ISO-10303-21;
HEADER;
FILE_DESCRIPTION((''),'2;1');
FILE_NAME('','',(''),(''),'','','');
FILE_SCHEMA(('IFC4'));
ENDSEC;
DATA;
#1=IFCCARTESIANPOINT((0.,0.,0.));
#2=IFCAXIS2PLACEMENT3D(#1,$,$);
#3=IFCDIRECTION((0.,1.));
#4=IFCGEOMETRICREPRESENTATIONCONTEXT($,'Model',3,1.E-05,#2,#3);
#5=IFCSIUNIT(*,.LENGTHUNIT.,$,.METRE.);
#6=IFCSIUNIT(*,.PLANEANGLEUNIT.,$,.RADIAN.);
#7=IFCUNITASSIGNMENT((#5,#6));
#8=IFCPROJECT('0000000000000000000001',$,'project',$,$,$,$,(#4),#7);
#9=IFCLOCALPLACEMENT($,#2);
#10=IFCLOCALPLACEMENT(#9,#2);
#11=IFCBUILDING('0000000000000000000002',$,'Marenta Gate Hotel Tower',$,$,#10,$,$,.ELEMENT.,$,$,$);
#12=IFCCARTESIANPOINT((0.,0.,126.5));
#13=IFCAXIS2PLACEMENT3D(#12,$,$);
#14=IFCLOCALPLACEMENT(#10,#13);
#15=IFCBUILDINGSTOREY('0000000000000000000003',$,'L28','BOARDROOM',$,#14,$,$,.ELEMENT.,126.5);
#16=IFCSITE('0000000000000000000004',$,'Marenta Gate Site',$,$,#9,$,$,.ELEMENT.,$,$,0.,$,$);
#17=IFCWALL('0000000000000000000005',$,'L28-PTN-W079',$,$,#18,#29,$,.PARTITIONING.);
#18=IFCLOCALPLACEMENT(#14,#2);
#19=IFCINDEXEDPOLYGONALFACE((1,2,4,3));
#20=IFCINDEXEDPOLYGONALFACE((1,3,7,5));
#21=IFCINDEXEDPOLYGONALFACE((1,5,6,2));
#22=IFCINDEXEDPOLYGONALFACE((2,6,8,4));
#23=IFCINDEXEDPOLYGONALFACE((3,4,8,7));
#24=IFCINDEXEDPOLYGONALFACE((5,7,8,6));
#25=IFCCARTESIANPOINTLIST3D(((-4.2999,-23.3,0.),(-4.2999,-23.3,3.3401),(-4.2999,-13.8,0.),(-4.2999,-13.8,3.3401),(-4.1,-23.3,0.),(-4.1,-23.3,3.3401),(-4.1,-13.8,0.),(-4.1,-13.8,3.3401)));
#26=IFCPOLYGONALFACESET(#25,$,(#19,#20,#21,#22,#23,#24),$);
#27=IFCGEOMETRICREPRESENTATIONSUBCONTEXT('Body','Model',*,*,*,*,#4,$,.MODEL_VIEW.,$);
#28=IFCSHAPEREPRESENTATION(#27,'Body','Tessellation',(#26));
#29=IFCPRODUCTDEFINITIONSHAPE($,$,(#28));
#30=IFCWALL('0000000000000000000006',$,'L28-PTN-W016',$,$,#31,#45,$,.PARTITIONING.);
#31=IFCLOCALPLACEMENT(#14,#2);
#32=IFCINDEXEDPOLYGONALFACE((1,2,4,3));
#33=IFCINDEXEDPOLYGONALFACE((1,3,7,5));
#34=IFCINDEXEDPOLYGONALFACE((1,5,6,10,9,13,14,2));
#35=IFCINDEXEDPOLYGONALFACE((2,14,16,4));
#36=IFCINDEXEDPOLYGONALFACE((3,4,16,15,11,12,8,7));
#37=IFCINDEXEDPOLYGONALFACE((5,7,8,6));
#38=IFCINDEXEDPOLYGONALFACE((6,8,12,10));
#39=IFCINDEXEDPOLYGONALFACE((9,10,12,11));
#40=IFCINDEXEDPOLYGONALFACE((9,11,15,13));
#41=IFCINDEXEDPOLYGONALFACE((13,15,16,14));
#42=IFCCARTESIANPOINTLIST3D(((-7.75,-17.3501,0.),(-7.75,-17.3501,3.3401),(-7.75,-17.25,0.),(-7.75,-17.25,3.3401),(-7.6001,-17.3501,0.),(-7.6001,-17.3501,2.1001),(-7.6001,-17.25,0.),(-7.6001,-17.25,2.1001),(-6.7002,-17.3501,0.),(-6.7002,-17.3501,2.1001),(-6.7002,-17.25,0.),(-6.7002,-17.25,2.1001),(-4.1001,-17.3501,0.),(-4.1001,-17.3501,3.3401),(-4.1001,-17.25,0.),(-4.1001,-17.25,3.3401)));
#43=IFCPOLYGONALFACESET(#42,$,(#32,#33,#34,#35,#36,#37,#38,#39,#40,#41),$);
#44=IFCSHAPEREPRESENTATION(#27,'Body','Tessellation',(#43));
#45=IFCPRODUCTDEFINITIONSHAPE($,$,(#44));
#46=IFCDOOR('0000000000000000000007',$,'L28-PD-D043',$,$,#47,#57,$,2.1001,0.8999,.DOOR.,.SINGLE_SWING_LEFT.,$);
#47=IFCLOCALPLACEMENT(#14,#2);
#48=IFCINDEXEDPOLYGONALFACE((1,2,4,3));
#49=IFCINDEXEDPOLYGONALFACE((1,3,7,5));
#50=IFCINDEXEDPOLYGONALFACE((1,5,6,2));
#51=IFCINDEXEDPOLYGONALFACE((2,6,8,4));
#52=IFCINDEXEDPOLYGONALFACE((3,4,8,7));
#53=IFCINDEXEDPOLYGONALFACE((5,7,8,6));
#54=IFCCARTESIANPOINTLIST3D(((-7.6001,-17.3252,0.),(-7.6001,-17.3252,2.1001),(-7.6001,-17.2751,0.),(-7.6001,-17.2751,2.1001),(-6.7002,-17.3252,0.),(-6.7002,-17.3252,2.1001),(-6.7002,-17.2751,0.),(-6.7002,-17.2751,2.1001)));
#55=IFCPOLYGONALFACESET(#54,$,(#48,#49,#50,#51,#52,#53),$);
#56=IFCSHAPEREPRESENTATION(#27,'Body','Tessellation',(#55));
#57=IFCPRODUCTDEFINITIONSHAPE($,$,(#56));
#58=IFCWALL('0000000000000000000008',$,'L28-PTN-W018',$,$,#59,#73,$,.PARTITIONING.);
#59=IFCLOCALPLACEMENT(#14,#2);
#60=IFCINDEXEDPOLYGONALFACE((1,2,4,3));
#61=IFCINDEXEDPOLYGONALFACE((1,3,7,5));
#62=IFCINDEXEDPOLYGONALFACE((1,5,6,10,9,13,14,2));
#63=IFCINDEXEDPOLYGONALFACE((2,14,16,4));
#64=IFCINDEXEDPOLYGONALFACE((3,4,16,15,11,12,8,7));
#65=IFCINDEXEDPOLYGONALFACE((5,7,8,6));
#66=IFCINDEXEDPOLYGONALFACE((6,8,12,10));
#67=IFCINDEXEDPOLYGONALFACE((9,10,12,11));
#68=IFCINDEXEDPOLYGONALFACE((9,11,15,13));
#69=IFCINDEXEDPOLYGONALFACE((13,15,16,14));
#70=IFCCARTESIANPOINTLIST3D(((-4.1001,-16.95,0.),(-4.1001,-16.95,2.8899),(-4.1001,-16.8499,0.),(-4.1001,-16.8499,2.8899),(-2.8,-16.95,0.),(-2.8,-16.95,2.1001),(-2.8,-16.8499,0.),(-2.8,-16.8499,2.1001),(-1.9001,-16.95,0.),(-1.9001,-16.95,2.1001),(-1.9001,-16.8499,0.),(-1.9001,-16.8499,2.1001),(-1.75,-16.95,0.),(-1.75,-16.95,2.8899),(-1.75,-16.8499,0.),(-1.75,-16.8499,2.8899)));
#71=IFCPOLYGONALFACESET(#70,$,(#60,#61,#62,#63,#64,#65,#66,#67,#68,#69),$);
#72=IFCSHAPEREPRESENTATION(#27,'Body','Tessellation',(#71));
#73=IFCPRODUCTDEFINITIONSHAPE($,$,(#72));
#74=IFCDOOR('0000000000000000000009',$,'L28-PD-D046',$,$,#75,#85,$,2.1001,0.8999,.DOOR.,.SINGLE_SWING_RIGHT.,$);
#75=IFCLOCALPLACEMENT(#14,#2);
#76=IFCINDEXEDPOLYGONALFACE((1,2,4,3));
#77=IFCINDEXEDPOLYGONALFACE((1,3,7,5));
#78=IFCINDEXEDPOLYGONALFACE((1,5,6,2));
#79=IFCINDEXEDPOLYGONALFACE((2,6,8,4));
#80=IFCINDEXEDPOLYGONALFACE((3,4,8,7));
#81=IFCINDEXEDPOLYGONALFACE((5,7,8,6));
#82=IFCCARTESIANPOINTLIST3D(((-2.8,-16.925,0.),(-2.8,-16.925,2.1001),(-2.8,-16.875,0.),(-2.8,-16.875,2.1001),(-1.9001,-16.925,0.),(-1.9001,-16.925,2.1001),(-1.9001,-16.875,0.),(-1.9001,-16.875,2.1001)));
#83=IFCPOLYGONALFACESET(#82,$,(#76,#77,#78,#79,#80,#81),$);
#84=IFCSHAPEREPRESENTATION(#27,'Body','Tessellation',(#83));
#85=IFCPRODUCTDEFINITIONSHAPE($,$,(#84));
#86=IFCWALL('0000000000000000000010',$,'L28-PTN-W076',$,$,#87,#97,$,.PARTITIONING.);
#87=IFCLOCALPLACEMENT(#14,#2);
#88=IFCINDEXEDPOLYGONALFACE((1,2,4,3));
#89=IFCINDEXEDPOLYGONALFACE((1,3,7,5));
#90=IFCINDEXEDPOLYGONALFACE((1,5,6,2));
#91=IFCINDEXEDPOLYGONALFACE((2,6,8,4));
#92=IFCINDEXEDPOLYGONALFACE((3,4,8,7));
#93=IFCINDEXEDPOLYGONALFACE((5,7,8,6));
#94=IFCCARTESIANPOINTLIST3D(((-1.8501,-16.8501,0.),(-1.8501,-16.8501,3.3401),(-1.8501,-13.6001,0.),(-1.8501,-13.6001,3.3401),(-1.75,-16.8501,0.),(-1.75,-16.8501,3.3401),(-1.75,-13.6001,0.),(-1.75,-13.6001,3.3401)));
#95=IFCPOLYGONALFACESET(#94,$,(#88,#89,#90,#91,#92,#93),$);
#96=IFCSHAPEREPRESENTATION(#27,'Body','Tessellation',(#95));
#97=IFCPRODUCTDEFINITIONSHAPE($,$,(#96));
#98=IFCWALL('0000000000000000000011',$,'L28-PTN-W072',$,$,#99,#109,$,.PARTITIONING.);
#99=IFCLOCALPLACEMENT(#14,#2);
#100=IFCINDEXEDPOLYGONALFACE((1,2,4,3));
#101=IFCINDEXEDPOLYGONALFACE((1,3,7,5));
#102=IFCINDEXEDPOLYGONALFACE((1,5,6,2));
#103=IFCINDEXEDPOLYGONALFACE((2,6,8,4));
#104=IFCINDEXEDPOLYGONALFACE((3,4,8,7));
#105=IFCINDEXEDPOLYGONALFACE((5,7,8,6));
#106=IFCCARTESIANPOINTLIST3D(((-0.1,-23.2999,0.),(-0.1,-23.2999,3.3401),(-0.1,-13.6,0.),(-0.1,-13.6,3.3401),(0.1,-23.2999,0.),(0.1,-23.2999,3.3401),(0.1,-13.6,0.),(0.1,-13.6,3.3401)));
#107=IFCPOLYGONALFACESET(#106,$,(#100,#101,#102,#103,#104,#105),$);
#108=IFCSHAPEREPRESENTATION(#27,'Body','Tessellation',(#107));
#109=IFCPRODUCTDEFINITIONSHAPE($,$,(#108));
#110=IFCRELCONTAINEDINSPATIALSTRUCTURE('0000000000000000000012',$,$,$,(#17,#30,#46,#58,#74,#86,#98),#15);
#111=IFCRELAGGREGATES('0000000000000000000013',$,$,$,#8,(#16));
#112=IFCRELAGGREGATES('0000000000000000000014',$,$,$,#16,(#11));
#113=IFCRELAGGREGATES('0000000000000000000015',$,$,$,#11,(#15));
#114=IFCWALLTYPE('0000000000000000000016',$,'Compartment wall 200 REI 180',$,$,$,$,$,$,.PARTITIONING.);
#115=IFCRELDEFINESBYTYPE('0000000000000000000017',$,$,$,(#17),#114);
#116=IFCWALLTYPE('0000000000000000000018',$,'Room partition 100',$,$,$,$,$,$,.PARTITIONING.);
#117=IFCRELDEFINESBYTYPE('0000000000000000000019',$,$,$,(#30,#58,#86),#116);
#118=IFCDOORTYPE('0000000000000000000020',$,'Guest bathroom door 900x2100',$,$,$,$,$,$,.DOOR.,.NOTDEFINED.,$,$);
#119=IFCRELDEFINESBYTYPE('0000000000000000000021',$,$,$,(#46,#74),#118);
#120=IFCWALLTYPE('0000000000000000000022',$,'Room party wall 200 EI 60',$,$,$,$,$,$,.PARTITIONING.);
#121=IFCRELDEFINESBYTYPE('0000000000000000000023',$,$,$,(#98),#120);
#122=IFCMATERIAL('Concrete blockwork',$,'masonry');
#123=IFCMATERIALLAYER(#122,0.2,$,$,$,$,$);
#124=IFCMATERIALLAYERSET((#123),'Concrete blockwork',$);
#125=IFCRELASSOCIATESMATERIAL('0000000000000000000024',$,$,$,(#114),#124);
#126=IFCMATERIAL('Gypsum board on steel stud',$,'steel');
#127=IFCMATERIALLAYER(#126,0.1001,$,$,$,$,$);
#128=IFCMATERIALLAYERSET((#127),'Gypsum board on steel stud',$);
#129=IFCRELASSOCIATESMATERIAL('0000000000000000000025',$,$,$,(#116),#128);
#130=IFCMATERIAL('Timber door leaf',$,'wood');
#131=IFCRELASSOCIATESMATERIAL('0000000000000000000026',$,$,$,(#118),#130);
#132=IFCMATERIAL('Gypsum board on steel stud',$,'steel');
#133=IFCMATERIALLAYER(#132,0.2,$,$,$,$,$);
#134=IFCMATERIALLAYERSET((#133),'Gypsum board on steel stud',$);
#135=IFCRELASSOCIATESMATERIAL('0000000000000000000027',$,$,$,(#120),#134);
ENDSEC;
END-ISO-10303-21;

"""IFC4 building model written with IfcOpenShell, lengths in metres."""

from ifc_helpers import new_model, si_unit, direction, frame, frame_2d, origin, place, context, subcontext, project, spatial, rectangle, extrude, material, layer, layer_set, type_object, element, fill, save


model = new_model("IFC4")

# Units and contexts
model_context = context("Model", 3, precision=1e-05, world=origin(), true_north=direction((0.0, 1.0)))
body_context = subcontext(model_context, "Body", "Model", "MODEL_VIEW")
ifc_project = project(units=[si_unit("LENGTHUNIT", "METRE"), si_unit("PLANEANGLEUNIT", "RADIAN")], contexts=[model_context])

# Site, building, storey
site_placement = place(None, origin())
site = spatial("IfcSite", under=ifc_project, at=site_placement, Name="Marenta Gate Site", CompositionType="ELEMENT", RefElevation=0.0)
building_placement = place(site_placement, origin())
building = spatial("IfcBuilding", under=site, at=building_placement, Name="Marenta Gate Hotel Tower", CompositionType="ELEMENT")
storey_placement = place(building_placement, frame((0.0, 0.0, 126.5)))
storey = spatial("IfcBuildingStorey", under=building, at=storey_placement, Name="L28", Description="BOARDROOM", CompositionType="ELEMENT", Elevation=126.5)

# Wall
ifc_material_1 = material(Name="Concrete blockwork", Category="masonry")
ifc_layer_1 = layer(ifc_material_1, 0.2)
ifc_layer_set_1 = layer_set([ifc_layer_1], Name="Concrete blockwork")
wall_type_1 = type_object("IfcWallType", Name="Compartment wall 200 REI 180", PredefinedType="PARTITIONING", material=ifc_layer_set_1)
wall_1_placement = place(storey_placement, frame((-4.2, -23.3, 0.0), z_axis=(0.0, 0.0, 1.0), x_axis=(0.0, 1.0, 0.0)))
element("IfcWall", 1, at=wall_1_placement, inside=storey, type_object=wall_type_1, Name="L28-PTN-W079", PredefinedType="PARTITIONING", context=body_context, shape_type="SweptSolid", body=[
    extrude(rectangle(XDim=9.5, YDim=0.2, at=frame_2d((4.75, 0.0))), origin(), (0.0, 0.0, 1.0), 3.3401),
])

# Walls, openings, doors
ifc_material_2 = material(Name="Gypsum board on steel stud", Category="steel")
ifc_layer_2 = layer(ifc_material_2, 0.1001)
ifc_layer_set_2 = layer_set([ifc_layer_2], Name="Gypsum board on steel stud")
wall_type_2 = type_object("IfcWallType", Name="Room partition 100", PredefinedType="PARTITIONING", material=ifc_layer_set_2)
wall_2_placement = place(storey_placement, frame((-7.75, -17.3, 0.0), z_axis=(0.0, 0.0, 1.0), x_axis=(1.0, 0.0, 0.0)))
wall_2 = element("IfcWall", 2, at=wall_2_placement, inside=storey, type_object=wall_type_2, Name="L28-PTN-W016", PredefinedType="PARTITIONING", context=body_context, shape_type="SweptSolid", body=[
    extrude(rectangle(XDim=3.6499, YDim=0.1001, at=frame_2d((1.825, 0.0))), origin(), (0.0, 0.0, 1.0), 3.3401),
])
opening_1_placement = place(wall_2_placement, frame((0.1499, 0.0, 0.0)))
opening_1 = element("IfcOpeningElement", 3, at=opening_1_placement, cuts=wall_2, PredefinedType="OPENING", context=body_context, shape_type="SweptSolid", body=[
    extrude(rectangle(XDim=0.8999, YDim=2.1001, at=frame_2d((0.45, 1.05))), frame((0.0, 0.05, 0.0), z_axis=(0.0, -1.0, 0.0), x_axis=(1.0, 0.0, 0.0)), (0.0, 0.0, 1.0), 0.1001),
])
ifc_material_3 = material(Name="Timber door leaf", Category="wood")
door_type_1 = type_object("IfcDoorType", Name="Guest bathroom door 900x2100", OperationType="NOTDEFINED", PredefinedType="DOOR", material=ifc_material_3)
door_1_placement = place(opening_1_placement, origin())
door_1 = element("IfcDoor", 4, at=door_1_placement, inside=storey, type_object=door_type_1, Name="L28-PD-D043", OperationType="SINGLE_SWING_LEFT", OverallHeight=2.1001, OverallWidth=0.8999, PredefinedType="DOOR", context=body_context, shape_type="SweptSolid", body=[
    extrude(rectangle(XDim=0.8999, YDim=2.1001, at=frame_2d((0.45, 1.05))), frame((0.0, 0.0249, 0.0), z_axis=(0.0, -1.0, 0.0), x_axis=(1.0, 0.0, 0.0)), (0.0, 0.0, 1.0), 0.05),
])
fill(opening_1, door_1)
wall_3_placement = place(storey_placement, frame((-4.1001, -16.8999, 0.0), z_axis=(0.0, 0.0, 1.0), x_axis=(1.0, 0.0, 0.0)))
wall_3 = element("IfcWall", 5, at=wall_3_placement, inside=storey, type_object=wall_type_2, Name="L28-PTN-W018", PredefinedType="PARTITIONING", context=body_context, shape_type="SweptSolid", body=[
    extrude(rectangle(XDim=2.3501, YDim=0.1001, at=frame_2d((1.175, 0.0))), origin(), (0.0, 0.0, 1.0), 2.8899),
])
opening_2_placement = place(wall_3_placement, frame((1.3, 0.0, 0.0)))
opening_2 = element("IfcOpeningElement", 6, at=opening_2_placement, cuts=wall_3, PredefinedType="OPENING", context=body_context, shape_type="SweptSolid", body=[
    extrude(rectangle(XDim=0.8999, YDim=2.1001, at=frame_2d((0.45, 1.05))), frame((0.0, 0.05, 0.0), z_axis=(0.0, -1.0, 0.0), x_axis=(1.0, 0.0, 0.0)), (0.0, 0.0, 1.0), 0.1001),
])
door_2_placement = place(opening_2_placement, origin())
door_2 = element("IfcDoor", 7, at=door_2_placement, inside=storey, type_object=door_type_1, Name="L28-PD-D046", OperationType="SINGLE_SWING_RIGHT", OverallHeight=2.1001, OverallWidth=0.8999, PredefinedType="DOOR", context=body_context, shape_type="SweptSolid", body=[
    extrude(rectangle(XDim=0.8999, YDim=2.1001, at=frame_2d((0.45, 1.05))), frame((0.0, 0.0249, 0.0), z_axis=(0.0, -1.0, 0.0), x_axis=(1.0, 0.0, 0.0)), (0.0, 0.0, 1.0), 0.05),
])
fill(opening_2, door_2)

# Walls
wall_4_placement = place(storey_placement, frame((-1.8, -16.8501, 0.0), z_axis=(0.0, 0.0, 1.0), x_axis=(0.0, 1.0, 0.0)))
element("IfcWall", 8, at=wall_4_placement, inside=storey, type_object=wall_type_2, Name="L28-PTN-W076", PredefinedType="PARTITIONING", context=body_context, shape_type="SweptSolid", body=[
    extrude(rectangle(XDim=3.25, YDim=0.1001, at=frame_2d((1.625, 0.0))), origin(), (0.0, 0.0, 1.0), 3.3401),
])
ifc_material_4 = material(Name="Gypsum board on steel stud", Category="steel")
ifc_layer_3 = layer(ifc_material_4, 0.2)
ifc_layer_set_3 = layer_set([ifc_layer_3], Name="Gypsum board on steel stud")
wall_type_3 = type_object("IfcWallType", Name="Room party wall 200 EI 60", PredefinedType="PARTITIONING", material=ifc_layer_set_3)
wall_5_placement = place(storey_placement, frame((0.0, -23.3, 0.0), z_axis=(0.0, 0.0, 1.0), x_axis=(0.0, 1.0, 0.0)))
element("IfcWall", 9, at=wall_5_placement, inside=storey, type_object=wall_type_3, Name="L28-PTN-W072", PredefinedType="PARTITIONING", context=body_context, shape_type="SweptSolid", body=[
    extrude(rectangle(XDim=9.7, YDim=0.2, at=frame_2d((4.8501, 0.0))), origin(), (0.0, 0.0, 1.0), 3.3401),
])

save(model, "model.ifc")
